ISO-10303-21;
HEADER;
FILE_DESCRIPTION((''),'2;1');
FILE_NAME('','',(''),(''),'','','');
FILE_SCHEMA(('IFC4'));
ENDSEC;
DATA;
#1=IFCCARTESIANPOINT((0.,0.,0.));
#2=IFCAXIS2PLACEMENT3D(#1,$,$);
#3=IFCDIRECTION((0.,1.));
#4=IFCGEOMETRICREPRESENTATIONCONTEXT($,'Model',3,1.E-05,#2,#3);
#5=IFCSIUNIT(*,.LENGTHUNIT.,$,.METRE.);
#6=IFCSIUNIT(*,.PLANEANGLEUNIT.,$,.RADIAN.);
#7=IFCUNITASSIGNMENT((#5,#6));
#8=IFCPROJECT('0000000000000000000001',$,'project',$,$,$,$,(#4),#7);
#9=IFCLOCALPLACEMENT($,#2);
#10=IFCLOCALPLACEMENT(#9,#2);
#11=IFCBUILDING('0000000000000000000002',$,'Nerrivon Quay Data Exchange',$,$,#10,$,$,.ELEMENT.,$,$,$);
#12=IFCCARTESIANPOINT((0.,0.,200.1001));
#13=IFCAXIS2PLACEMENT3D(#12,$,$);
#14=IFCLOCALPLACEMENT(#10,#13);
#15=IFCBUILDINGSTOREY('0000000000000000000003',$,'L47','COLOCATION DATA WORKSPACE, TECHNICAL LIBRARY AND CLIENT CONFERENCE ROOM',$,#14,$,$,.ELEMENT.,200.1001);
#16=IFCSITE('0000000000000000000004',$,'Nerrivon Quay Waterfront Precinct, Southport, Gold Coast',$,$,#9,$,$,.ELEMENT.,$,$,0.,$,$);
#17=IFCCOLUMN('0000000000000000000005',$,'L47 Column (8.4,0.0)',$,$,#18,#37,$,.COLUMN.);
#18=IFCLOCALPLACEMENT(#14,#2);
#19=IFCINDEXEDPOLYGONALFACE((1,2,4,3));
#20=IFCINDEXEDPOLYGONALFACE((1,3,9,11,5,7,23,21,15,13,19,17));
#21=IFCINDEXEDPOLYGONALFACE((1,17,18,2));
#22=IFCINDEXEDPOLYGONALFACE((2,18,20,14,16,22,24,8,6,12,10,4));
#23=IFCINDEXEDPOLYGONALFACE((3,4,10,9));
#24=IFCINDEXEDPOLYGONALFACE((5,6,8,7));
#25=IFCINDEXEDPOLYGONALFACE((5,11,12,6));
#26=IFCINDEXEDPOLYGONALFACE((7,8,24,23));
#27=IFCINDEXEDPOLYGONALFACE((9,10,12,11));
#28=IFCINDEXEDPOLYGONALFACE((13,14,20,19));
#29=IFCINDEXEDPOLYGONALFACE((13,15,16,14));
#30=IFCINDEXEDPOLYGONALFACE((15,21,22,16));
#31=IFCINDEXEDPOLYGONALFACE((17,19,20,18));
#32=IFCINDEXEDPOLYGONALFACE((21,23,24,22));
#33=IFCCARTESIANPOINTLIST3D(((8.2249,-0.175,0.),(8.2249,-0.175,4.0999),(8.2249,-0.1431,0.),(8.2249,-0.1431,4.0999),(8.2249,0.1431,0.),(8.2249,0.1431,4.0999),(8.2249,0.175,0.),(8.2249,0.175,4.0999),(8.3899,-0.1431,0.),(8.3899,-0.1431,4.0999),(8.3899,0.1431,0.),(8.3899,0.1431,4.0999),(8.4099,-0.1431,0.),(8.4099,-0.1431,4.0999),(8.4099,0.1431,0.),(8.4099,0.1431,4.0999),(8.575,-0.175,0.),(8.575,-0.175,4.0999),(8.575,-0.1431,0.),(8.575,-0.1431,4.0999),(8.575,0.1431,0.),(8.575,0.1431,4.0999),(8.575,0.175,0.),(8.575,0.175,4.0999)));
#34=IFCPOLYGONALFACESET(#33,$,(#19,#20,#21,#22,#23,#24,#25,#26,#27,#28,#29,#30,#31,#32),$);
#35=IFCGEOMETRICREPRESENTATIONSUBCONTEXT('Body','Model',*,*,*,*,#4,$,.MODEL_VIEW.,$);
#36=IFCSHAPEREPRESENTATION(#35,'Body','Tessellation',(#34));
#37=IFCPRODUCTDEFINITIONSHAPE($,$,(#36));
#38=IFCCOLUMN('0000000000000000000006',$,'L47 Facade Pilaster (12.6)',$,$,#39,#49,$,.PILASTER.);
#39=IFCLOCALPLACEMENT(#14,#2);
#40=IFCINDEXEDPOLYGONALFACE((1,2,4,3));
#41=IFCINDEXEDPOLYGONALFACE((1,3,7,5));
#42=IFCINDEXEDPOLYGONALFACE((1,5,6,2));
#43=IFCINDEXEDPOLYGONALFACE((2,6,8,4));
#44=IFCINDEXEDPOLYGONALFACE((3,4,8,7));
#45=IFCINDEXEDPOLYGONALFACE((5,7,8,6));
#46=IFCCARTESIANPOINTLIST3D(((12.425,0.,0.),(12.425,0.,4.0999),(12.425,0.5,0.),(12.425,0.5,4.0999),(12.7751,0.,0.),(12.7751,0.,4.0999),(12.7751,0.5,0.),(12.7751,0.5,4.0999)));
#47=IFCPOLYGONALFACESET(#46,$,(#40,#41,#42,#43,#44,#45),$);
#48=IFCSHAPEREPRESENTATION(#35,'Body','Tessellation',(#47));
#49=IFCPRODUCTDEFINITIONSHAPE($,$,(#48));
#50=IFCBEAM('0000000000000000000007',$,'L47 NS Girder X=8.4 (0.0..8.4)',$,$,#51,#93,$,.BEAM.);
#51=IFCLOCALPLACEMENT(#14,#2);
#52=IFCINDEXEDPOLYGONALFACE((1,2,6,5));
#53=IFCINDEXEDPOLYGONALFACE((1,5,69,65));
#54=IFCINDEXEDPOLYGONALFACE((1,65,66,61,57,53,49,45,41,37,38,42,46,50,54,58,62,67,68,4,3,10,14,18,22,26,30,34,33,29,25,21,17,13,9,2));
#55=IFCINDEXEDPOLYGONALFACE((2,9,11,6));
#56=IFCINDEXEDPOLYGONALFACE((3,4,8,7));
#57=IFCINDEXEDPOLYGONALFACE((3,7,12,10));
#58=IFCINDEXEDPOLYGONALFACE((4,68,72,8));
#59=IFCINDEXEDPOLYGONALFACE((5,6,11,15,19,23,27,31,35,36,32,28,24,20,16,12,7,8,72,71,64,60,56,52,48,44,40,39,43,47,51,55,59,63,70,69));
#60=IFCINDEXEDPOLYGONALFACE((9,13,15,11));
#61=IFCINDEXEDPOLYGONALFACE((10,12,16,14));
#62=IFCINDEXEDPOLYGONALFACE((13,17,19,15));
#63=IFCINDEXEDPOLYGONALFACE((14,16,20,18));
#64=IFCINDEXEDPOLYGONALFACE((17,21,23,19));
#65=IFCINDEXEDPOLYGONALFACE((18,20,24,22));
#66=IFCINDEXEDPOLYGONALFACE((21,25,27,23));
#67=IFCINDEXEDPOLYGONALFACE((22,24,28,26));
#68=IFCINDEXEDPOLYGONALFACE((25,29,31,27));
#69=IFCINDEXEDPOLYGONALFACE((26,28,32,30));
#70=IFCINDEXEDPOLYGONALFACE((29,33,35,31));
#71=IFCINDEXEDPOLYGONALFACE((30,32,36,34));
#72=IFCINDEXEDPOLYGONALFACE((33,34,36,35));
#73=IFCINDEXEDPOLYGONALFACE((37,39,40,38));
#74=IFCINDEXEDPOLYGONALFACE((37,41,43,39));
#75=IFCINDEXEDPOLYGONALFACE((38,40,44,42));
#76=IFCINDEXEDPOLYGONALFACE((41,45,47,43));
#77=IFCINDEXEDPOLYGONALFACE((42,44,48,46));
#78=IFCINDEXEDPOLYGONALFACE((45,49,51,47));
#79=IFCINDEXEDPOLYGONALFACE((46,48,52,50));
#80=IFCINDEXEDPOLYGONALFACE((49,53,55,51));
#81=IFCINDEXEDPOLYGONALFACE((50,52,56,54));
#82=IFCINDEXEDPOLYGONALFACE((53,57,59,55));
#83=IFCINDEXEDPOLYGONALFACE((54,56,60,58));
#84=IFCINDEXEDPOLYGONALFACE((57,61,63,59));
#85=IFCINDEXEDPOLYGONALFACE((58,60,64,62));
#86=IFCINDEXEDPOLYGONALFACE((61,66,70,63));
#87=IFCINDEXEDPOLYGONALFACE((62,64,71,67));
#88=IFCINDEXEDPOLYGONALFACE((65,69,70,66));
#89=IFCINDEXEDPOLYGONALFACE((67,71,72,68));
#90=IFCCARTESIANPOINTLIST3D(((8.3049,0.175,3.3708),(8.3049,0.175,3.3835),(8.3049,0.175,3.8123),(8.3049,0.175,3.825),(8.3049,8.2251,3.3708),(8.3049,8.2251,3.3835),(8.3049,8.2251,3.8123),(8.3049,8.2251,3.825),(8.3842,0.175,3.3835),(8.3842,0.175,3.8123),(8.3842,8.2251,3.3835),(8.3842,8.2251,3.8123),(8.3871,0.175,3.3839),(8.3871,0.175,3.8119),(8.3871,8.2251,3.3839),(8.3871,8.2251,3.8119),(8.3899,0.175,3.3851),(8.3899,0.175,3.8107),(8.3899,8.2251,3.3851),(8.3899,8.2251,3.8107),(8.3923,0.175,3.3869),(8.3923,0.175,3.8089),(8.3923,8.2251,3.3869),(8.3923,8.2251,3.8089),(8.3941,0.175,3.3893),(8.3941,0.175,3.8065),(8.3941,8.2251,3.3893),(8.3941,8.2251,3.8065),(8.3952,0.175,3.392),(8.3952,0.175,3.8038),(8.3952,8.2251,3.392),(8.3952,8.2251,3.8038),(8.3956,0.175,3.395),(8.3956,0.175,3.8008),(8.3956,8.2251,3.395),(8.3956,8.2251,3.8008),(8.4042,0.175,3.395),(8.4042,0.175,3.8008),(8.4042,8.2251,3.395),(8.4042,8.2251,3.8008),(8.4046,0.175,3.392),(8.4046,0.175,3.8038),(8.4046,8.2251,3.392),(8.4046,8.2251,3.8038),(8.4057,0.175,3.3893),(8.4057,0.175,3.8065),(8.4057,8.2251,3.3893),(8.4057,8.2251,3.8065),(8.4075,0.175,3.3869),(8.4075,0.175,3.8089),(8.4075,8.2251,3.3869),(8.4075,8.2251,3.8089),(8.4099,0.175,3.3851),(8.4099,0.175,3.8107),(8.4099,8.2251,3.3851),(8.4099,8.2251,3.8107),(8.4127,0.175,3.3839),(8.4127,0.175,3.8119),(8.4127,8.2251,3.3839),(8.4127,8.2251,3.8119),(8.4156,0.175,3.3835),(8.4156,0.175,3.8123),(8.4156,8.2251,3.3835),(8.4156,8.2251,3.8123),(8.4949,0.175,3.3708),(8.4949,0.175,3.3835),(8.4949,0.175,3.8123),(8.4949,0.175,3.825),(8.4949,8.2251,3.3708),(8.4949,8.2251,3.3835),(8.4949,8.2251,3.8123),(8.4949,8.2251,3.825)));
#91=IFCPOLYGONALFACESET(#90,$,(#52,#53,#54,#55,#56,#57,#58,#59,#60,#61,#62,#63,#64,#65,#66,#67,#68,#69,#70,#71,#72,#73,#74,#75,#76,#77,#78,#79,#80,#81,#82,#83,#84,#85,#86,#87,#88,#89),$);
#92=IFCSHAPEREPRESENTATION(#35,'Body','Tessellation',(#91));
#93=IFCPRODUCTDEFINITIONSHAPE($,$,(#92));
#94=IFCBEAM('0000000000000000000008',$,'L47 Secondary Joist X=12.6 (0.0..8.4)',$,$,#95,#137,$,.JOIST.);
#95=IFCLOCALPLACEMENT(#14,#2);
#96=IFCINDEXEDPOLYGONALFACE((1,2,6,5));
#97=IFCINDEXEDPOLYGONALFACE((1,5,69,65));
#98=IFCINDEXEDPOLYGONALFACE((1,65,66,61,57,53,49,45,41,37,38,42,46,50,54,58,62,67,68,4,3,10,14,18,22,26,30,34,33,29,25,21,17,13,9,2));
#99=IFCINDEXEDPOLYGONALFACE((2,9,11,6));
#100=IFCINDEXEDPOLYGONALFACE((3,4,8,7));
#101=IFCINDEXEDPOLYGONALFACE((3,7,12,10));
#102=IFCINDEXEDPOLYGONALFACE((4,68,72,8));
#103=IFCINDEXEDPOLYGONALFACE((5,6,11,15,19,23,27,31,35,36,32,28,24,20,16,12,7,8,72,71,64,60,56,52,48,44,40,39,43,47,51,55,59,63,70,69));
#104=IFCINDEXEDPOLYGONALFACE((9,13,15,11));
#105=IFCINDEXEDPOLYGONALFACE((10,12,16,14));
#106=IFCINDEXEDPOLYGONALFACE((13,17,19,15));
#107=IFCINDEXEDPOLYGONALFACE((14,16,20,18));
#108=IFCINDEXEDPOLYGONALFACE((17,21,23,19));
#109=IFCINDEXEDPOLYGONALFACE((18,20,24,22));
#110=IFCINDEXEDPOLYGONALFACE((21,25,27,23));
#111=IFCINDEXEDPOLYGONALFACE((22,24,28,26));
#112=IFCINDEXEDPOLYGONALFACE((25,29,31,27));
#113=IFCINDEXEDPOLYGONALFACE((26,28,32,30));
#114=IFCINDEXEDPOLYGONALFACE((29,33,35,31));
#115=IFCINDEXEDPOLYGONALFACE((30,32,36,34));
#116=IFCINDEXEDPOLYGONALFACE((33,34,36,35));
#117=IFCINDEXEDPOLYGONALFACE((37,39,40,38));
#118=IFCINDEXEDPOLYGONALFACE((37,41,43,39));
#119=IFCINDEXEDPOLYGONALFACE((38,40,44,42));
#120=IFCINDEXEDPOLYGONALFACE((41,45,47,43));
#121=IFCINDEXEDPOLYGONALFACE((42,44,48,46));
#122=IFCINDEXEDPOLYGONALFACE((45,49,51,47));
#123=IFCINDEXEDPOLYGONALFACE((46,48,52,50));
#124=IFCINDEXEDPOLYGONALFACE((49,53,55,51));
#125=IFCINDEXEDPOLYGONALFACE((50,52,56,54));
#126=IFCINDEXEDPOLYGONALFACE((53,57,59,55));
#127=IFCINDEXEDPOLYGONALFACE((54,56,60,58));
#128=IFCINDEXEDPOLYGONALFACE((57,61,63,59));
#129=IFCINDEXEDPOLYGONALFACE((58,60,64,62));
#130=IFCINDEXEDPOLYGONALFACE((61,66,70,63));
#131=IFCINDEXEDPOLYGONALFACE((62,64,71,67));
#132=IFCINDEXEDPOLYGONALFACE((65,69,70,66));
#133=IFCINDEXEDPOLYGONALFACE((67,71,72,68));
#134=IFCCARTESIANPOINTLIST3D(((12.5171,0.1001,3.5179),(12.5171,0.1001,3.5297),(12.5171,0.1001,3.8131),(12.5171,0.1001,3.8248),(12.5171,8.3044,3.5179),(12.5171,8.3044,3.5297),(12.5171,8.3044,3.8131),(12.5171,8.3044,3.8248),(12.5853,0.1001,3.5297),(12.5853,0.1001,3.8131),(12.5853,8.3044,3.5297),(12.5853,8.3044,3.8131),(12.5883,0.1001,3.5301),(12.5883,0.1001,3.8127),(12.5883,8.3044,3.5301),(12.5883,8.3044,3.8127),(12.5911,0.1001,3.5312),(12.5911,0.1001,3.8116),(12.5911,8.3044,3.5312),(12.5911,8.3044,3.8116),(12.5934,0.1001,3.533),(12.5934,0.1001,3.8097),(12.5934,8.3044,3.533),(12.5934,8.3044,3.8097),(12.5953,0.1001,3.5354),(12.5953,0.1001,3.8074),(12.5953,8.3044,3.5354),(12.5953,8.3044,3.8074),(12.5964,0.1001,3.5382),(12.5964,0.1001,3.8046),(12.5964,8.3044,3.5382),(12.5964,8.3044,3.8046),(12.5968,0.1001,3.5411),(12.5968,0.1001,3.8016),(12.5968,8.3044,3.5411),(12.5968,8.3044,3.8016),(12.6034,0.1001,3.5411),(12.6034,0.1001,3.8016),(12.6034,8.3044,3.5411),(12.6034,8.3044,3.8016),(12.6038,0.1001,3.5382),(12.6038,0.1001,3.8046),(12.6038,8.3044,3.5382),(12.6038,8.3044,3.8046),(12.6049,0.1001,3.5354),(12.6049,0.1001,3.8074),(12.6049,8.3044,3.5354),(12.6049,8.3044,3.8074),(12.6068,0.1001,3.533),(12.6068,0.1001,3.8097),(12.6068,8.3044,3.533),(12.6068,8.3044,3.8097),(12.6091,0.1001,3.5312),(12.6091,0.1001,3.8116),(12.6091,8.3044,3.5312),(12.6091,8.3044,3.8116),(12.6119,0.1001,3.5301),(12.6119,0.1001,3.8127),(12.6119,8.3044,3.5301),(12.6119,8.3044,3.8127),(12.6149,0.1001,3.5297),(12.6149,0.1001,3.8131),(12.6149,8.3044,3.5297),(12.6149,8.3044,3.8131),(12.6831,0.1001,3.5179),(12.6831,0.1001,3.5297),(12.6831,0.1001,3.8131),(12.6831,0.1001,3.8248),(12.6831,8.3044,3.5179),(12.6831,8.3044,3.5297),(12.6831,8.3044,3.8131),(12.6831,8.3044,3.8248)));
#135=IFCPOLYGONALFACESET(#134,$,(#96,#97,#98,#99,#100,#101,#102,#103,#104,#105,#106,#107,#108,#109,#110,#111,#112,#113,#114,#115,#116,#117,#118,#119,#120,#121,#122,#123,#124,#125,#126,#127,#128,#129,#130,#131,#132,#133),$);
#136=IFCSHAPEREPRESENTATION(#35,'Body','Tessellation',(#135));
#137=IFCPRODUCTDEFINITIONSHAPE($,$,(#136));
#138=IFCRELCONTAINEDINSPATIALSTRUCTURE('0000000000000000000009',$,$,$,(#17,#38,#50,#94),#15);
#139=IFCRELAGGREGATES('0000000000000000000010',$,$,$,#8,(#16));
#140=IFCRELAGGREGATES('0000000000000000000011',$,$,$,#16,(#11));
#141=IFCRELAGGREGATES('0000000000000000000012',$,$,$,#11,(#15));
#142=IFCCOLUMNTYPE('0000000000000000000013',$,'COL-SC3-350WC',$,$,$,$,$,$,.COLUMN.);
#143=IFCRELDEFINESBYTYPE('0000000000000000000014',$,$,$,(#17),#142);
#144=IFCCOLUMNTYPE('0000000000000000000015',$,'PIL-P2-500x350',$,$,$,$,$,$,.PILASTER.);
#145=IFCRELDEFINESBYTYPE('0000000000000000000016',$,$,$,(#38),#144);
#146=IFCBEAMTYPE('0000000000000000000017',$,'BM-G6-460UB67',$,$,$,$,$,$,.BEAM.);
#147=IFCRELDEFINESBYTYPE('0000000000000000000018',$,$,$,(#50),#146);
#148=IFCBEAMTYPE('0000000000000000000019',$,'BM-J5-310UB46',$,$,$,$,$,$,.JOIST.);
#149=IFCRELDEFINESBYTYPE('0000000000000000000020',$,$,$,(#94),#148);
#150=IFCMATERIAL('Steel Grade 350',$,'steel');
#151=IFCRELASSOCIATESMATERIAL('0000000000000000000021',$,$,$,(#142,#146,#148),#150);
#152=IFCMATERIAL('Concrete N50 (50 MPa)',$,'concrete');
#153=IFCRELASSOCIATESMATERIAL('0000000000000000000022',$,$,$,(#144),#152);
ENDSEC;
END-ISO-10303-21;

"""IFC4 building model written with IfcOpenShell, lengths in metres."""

from ifc_helpers import new_model, si_unit, direction, frame, origin, origin_2d, place, context, subcontext, project, spatial, rectangle, i_section, extrude, material, material_profile, profile_set, type_object, element, save


model = new_model("IFC4")

# Units and contexts
model_context = context("Model", 3, precision=1e-05, world=origin(), true_north=direction((0.0, 1.0)))
body_context = subcontext(model_context, "Body", "Model", "MODEL_VIEW")
ifc_project = project(units=[si_unit("LENGTHUNIT", "METRE"), si_unit("PLANEANGLEUNIT", "RADIAN")], contexts=[model_context])

# Site, building, storey
site_placement = place(None, origin())
site = spatial("IfcSite", under=ifc_project, at=site_placement, Name="Nerrivon Quay Waterfront Precinct, Southport, Gold Coast", CompositionType="ELEMENT", RefElevation=0.0)
building_placement = place(site_placement, origin())
building = spatial("IfcBuilding", under=site, at=building_placement, Name="Nerrivon Quay Data Exchange", CompositionType="ELEMENT")
storey_placement = place(building_placement, frame((0.0, 0.0, 200.1001)))
storey = spatial("IfcBuildingStorey", under=building, at=storey_placement, Name="L47", Description="COLOCATION DATA WORKSPACE, TECHNICAL LIBRARY AND CLIENT CONFERENCE ROOM", CompositionType="ELEMENT", Elevation=200.1001)

# Columns
ifc_material_1 = material(Name="Steel Grade 350", Category="steel")
ifc_material_profile_1 = material_profile(ifc_material_1, i_section(OverallWidth=0.3501, OverallDepth=0.3501, WebThickness=0.02, FlangeThickness=0.032, at=origin_2d()), Name="350WC230")
ifc_profile_set_1 = profile_set([ifc_material_profile_1], Name="Steel Grade 350")
column_type_1 = type_object("IfcColumnType", Name="COL-SC3-350WC", PredefinedType="COLUMN", material=ifc_profile_set_1)
column_1_placement = place(storey_placement, frame((8.3999, 0.0, 0.0), z_axis=(0.0, 0.0, 1.0), x_axis=(1.0, 0.0, 0.0)))
element("IfcColumn", 1, at=column_1_placement, inside=storey, type_object=column_type_1, Name="L47 Column (8.4,0.0)", PredefinedType="COLUMN", context=body_context, shape_type="SweptSolid", body=[
    extrude(i_section(OverallWidth=0.3501, OverallDepth=0.3501, WebThickness=0.02, FlangeThickness=0.032, at=origin_2d()), origin(), (0.0, 0.0, 1.0), 4.0999),
])
ifc_material_2 = material(Name="Concrete N50 (50 MPa)", Category="concrete")
ifc_material_profile_2 = material_profile(ifc_material_2, rectangle(XDim=0.3501, YDim=0.5, at=origin_2d()), Name="RC-PIL-500x350")
ifc_profile_set_2 = profile_set([ifc_material_profile_2], Name="Concrete N50 (50 MPa)")
column_type_2 = type_object("IfcColumnType", Name="PIL-P2-500x350", PredefinedType="PILASTER", material=ifc_profile_set_2)
column_2_placement = place(storey_placement, frame((12.6001, 0.25, 0.0), z_axis=(0.0, 0.0, 1.0), x_axis=(1.0, 0.0, 0.0)))
element("IfcColumn", 2, at=column_2_placement, inside=storey, type_object=column_type_2, Name="L47 Facade Pilaster (12.6)", PredefinedType="PILASTER", context=body_context, shape_type="SweptSolid", body=[
    extrude(rectangle(XDim=0.3501, YDim=0.5, at=origin_2d()), origin(), (0.0, 0.0, 1.0), 4.0999),
])

# Beams
ifc_material_profile_3 = material_profile(ifc_material_1, i_section(OverallWidth=0.1899, OverallDepth=0.4541, WebThickness=0.0085, FlangeThickness=0.0127, FilletRadius=0.0115, at=origin_2d()), Name="460UB67.1")
ifc_profile_set_3 = profile_set([ifc_material_profile_3], Name="Steel Grade 350")
beam_type_1 = type_object("IfcBeamType", Name="BM-G6-460UB67", PredefinedType="BEAM", material=ifc_profile_set_3)
beam_1_placement = place(storey_placement, frame((8.3999, 0.175, 3.5979), z_axis=(0.0, 1.0, 0.0), x_axis=(-1.0, 0.0, 0.0)))
element("IfcBeam", 3, at=beam_1_placement, inside=storey, type_object=beam_type_1, Name="L47 NS Girder X=8.4 (0.0..8.4)", PredefinedType="BEAM", context=body_context, shape_type="SweptSolid", body=[
    extrude(i_section(OverallWidth=0.1899, OverallDepth=0.4541, WebThickness=0.0085, FlangeThickness=0.0127, FilletRadius=0.0115, at=origin_2d()), origin(), (0.0, 0.0, 1.0), 8.05),
])
ifc_material_profile_4 = material_profile(ifc_material_1, i_section(OverallWidth=0.166, OverallDepth=0.3069, WebThickness=0.0066, FlangeThickness=0.0117, FilletRadius=0.0115, at=origin_2d()), Name="310UB46.2")
ifc_profile_set_4 = profile_set([ifc_material_profile_4], Name="Steel Grade 350")
beam_type_2 = type_object("IfcBeamType", Name="BM-J5-310UB46", PredefinedType="JOIST", material=ifc_profile_set_4)
beam_2_placement = place(storey_placement, frame((12.6001, 0.1001, 3.6714), z_axis=(0.0, 1.0, 0.0), x_axis=(-1.0, 0.0, 0.0)))
element("IfcBeam", 4, at=beam_2_placement, inside=storey, type_object=beam_type_2, Name="L47 Secondary Joist X=12.6 (0.0..8.4)", PredefinedType="JOIST", context=body_context, shape_type="SweptSolid", body=[
    extrude(i_section(OverallWidth=0.166, OverallDepth=0.3069, WebThickness=0.0066, FlangeThickness=0.0117, FilletRadius=0.0115, at=origin_2d()), origin(), (0.0, 0.0, 1.0), 8.2043),
])

save(model, "model.ifc")
